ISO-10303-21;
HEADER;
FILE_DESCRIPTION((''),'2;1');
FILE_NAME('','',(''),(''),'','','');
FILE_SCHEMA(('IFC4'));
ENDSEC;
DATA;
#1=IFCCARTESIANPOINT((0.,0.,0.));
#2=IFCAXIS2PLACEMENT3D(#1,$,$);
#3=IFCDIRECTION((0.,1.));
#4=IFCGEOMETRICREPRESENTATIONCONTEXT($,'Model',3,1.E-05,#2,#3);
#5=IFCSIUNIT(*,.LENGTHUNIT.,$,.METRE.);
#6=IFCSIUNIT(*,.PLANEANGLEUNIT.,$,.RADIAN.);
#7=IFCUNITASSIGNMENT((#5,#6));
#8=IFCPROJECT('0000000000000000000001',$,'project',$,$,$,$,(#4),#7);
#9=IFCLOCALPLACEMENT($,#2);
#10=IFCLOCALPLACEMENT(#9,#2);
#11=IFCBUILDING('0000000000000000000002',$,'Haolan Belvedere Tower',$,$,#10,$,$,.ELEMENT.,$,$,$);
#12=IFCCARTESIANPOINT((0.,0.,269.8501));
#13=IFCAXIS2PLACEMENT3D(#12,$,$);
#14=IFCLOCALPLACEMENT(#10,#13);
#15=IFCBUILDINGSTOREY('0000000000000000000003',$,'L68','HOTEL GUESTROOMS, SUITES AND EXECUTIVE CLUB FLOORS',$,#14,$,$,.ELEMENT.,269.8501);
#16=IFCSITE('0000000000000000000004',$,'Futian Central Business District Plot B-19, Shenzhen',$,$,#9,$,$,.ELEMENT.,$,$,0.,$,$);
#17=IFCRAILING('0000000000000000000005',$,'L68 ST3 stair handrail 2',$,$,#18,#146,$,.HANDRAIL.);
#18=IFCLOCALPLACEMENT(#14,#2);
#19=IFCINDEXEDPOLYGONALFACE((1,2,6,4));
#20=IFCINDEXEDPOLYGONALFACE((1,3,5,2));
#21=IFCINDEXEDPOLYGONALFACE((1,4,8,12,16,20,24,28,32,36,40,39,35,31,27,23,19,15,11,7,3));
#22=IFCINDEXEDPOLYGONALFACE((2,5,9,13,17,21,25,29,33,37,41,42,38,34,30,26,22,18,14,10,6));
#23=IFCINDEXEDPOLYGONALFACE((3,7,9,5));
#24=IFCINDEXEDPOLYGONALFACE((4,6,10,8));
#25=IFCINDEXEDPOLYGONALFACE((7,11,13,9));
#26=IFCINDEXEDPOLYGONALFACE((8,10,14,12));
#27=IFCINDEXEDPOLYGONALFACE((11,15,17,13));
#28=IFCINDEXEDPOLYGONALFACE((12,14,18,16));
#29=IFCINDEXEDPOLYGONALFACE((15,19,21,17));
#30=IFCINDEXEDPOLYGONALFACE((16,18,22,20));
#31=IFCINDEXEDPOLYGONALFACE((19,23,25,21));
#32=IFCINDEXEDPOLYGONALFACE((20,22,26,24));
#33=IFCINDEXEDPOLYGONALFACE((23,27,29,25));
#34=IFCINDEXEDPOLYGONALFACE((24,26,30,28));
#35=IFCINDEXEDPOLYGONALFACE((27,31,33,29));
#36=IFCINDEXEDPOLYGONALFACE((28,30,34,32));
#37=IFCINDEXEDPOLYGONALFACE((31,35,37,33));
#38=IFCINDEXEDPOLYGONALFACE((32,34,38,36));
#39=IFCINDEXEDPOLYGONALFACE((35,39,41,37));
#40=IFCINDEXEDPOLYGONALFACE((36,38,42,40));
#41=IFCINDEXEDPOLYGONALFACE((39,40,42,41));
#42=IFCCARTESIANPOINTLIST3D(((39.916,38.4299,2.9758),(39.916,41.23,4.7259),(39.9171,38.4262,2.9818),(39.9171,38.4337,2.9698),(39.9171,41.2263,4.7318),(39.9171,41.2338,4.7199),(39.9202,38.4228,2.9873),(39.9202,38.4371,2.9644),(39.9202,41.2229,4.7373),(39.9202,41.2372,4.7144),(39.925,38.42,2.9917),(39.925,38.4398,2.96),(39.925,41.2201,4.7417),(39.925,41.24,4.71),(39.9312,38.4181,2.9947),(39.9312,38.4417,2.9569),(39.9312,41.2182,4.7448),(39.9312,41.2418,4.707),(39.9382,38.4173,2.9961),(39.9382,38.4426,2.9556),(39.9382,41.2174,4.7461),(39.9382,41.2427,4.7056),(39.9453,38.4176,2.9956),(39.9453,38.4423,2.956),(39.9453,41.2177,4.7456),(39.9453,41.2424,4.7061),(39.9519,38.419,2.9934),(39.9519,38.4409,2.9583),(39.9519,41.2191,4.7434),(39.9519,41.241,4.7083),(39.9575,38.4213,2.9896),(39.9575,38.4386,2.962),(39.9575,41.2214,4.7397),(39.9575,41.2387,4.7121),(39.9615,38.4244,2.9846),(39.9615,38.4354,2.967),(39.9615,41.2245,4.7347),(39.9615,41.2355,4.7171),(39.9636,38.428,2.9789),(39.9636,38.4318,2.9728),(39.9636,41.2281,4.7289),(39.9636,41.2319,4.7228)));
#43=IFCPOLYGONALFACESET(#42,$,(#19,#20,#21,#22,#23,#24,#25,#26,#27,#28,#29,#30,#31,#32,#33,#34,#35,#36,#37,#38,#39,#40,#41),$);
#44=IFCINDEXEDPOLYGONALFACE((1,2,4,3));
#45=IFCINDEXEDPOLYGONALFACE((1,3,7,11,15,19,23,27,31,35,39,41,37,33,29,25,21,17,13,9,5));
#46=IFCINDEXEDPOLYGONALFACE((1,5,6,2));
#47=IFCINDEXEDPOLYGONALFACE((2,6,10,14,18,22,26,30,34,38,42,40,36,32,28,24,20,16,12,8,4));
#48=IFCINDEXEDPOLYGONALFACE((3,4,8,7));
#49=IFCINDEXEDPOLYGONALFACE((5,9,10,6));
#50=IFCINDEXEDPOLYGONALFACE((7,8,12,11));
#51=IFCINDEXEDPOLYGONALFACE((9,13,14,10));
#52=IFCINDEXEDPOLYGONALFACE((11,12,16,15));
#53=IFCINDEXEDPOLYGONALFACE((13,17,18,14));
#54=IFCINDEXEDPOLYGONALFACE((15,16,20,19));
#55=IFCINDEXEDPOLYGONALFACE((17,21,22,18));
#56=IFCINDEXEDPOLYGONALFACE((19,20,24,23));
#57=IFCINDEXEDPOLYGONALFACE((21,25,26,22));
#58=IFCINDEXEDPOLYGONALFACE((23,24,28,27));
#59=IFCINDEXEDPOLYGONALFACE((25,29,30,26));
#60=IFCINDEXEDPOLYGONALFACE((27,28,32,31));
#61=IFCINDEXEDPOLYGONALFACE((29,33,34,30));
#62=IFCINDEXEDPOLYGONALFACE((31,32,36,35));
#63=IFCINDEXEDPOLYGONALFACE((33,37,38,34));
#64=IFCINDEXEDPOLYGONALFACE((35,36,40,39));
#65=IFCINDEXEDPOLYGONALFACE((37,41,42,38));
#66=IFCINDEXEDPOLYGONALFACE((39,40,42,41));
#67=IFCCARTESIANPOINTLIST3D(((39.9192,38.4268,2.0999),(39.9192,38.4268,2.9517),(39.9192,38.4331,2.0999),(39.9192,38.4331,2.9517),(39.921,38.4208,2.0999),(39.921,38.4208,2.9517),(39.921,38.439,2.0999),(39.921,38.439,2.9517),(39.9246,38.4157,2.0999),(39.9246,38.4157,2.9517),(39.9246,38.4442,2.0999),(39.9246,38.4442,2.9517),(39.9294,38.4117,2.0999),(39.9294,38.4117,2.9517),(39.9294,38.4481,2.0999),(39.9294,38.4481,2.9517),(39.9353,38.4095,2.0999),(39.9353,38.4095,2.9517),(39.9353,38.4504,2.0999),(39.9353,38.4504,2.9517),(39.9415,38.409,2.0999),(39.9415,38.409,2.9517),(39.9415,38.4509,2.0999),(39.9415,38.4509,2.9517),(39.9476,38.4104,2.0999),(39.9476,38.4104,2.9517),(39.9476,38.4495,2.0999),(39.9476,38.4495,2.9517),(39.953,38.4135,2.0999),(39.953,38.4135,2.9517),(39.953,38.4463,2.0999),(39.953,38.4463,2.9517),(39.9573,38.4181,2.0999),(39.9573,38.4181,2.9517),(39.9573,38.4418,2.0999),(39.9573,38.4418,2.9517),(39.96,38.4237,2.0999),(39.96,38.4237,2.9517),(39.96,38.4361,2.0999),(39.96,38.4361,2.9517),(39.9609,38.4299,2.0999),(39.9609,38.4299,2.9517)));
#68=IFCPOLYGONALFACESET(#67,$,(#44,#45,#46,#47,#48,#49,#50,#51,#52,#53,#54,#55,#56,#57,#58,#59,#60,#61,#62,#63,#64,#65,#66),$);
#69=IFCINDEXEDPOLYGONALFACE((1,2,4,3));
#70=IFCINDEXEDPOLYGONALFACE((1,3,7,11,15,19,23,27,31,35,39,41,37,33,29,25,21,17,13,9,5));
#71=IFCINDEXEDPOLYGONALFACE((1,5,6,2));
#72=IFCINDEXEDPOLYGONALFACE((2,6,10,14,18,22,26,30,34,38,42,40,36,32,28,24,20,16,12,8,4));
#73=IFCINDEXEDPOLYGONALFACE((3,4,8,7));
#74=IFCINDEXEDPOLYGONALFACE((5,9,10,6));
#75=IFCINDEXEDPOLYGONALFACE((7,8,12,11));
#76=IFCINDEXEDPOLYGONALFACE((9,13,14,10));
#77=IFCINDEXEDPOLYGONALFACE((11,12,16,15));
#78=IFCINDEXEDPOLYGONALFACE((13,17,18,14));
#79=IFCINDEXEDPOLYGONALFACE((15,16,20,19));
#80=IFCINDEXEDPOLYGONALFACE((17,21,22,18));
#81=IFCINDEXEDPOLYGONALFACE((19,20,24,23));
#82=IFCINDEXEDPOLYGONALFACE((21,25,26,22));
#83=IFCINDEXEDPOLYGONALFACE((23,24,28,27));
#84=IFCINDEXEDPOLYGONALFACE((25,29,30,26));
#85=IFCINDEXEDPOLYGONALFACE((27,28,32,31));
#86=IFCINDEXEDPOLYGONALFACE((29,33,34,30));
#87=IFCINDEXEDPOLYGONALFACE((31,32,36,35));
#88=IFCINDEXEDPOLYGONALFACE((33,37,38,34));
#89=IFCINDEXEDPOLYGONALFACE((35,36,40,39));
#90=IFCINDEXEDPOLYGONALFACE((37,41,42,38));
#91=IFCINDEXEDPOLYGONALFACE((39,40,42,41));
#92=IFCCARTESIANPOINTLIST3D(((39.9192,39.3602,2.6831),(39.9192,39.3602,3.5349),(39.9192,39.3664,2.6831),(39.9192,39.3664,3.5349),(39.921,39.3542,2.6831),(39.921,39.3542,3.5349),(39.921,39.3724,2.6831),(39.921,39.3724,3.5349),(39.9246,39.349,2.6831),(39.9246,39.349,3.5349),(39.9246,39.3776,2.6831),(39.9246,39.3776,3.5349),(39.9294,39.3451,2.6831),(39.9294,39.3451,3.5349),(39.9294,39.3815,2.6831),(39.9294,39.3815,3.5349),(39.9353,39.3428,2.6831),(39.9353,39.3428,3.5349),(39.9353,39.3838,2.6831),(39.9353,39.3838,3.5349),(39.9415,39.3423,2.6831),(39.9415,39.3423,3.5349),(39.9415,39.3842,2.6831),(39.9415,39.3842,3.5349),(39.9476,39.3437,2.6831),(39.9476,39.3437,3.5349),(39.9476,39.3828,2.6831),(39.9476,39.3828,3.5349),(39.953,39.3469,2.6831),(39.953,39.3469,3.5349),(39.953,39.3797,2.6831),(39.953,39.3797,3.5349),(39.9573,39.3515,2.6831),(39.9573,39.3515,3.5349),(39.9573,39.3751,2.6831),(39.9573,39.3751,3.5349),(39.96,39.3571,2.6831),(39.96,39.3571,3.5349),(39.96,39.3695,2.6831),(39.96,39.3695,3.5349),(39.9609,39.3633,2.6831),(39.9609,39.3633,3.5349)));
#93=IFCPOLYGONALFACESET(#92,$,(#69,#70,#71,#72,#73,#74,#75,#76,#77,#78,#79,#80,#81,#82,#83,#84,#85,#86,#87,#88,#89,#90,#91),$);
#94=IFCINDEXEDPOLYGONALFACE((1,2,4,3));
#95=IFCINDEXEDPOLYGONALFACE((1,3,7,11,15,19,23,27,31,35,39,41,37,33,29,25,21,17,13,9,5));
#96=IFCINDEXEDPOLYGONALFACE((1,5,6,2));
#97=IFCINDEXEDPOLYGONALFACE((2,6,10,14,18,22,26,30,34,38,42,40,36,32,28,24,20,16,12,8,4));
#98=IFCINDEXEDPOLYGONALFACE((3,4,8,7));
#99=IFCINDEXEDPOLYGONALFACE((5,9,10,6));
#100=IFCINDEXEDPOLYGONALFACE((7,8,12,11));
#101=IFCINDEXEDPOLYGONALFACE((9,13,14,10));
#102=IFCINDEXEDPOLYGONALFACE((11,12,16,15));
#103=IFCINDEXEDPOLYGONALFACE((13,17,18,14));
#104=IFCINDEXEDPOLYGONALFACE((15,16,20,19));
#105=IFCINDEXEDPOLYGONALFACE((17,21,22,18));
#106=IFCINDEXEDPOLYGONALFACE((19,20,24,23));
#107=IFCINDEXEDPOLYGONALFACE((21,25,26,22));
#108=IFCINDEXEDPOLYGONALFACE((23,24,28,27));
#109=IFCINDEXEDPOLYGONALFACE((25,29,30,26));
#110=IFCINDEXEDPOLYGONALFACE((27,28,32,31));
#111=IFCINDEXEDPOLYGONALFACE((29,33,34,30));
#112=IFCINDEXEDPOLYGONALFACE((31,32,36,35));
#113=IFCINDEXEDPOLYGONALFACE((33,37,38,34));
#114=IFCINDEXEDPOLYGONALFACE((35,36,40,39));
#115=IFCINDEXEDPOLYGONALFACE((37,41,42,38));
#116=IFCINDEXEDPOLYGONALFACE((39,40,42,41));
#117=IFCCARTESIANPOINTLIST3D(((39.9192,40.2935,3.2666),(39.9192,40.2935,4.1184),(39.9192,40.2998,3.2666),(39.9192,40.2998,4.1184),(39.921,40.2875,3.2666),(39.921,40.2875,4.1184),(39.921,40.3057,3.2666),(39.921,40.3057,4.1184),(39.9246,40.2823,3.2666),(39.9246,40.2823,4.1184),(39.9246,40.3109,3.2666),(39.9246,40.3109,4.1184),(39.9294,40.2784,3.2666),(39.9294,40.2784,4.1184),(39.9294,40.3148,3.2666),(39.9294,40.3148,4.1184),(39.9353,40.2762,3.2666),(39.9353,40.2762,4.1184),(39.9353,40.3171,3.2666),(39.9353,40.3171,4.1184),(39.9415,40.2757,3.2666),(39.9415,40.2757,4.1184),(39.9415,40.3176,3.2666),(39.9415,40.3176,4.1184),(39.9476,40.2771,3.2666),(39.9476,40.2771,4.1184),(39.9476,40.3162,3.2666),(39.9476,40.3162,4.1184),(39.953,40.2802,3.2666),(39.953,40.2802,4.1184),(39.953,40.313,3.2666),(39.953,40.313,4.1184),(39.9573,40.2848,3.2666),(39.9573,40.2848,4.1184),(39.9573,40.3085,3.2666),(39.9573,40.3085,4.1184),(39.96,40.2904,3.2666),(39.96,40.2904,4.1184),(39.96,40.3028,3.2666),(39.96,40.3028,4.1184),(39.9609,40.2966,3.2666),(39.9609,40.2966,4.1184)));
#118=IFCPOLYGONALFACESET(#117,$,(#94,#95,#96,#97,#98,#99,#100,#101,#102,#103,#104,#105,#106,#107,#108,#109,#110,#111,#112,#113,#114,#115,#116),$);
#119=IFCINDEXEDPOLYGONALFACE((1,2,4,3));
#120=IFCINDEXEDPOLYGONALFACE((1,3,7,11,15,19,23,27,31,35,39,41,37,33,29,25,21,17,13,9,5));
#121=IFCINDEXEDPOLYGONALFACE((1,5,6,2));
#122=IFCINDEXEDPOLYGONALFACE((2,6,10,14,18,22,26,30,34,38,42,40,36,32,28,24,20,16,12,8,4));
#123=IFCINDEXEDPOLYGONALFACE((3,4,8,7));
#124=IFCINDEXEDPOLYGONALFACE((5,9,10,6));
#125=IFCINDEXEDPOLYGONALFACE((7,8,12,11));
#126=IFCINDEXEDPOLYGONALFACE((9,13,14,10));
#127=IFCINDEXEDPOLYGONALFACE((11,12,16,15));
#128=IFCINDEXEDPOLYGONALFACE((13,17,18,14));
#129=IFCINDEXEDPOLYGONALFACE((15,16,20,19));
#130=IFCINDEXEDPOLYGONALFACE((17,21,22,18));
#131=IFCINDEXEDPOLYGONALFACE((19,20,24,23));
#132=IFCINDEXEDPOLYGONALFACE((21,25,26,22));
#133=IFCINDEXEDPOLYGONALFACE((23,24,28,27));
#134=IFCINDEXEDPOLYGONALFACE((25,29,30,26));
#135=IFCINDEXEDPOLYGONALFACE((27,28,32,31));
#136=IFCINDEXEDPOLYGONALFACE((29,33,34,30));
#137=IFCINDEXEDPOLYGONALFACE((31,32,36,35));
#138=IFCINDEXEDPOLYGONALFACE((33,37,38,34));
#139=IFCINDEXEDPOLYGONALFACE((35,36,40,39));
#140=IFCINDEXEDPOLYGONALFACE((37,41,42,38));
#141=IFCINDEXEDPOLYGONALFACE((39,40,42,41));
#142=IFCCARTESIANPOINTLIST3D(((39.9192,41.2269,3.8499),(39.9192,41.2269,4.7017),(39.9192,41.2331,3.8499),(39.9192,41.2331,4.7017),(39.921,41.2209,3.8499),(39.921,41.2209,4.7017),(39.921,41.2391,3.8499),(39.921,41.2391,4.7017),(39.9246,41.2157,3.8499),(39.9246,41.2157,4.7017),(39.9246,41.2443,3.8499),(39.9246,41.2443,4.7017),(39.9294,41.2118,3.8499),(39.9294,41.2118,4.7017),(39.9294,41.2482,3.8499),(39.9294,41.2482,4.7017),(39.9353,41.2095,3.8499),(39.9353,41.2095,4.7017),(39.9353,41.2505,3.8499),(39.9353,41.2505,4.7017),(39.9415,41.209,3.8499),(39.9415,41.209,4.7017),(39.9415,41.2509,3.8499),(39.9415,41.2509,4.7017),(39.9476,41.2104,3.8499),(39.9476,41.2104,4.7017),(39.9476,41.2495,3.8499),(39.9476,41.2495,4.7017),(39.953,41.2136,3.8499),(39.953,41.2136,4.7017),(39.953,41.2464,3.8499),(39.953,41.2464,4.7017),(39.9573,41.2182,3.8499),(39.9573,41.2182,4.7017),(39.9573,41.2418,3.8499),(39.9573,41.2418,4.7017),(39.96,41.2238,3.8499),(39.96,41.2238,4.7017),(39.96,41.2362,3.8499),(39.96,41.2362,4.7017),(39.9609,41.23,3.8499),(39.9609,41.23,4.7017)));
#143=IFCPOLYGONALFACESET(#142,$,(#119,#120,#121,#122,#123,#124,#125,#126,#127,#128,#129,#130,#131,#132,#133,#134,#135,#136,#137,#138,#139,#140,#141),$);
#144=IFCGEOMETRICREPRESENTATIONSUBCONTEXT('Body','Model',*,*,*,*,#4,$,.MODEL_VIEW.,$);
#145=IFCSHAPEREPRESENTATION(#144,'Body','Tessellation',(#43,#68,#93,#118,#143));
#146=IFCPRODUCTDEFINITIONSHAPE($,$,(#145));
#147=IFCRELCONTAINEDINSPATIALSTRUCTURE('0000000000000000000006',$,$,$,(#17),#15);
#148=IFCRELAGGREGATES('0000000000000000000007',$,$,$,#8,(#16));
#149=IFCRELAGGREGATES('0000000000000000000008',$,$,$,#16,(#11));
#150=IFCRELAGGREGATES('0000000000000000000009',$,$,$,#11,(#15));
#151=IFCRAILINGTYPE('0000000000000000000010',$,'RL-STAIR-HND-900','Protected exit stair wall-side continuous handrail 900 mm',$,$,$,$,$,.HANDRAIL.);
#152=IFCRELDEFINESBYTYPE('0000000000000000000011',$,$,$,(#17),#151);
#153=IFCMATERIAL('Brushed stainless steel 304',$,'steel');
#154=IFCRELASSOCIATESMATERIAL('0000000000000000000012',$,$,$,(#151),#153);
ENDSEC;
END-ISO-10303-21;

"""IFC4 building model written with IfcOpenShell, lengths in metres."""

from ifc_helpers import new_model, si_unit, direction, frame, origin, origin_2d, place, context, subcontext, project, spatial, circle, extrude, material, type_object, element, save


model = new_model("IFC4")

# Units and contexts
model_context = context("Model", 3, precision=1e-05, world=origin(), true_north=direction((0.0, 1.0)))
body_context = subcontext(model_context, "Body", "Model", "MODEL_VIEW")
ifc_project = project(units=[si_unit("LENGTHUNIT", "METRE"), si_unit("PLANEANGLEUNIT", "RADIAN")], contexts=[model_context])

# Site, building, storey
site_placement = place(None, origin())
site = spatial("IfcSite", under=ifc_project, at=site_placement, Name="Futian Central Business District Plot B-19, Shenzhen", CompositionType="ELEMENT", RefElevation=0.0)
building_placement = place(site_placement, origin())
building = spatial("IfcBuilding", under=site, at=building_placement, Name="Haolan Belvedere Tower", CompositionType="ELEMENT")
storey_placement = place(building_placement, frame((0.0, 0.0, 269.8501)))
storey = spatial("IfcBuildingStorey", under=building, at=storey_placement, Name="L68", Description="HOTEL GUESTROOMS, SUITES AND EXECUTIVE CLUB FLOORS", CompositionType="ELEMENT", Elevation=269.8501)

# Railing
ifc_material_1 = material(Name="Brushed stainless steel 304", Category="steel")
railing_type_1 = type_object("IfcRailingType", Name="RL-STAIR-HND-900", Description="Protected exit stair wall-side continuous handrail 900 mm", PredefinedType="HANDRAIL", material=ifc_material_1)
for number, where, name in (
    (1, (39.9399, 38.4299, 2.0999), "L68 ST3 stair handrail 2"),
):
    element("IfcRailing", number, at=place(storey_placement, frame(where)), inside=storey, type_object=railing_type_1, Name=name, PredefinedType="HANDRAIL", context=body_context, shape_type="SweptSolid", body=[
        extrude(circle(Radius=0.0239, at=origin_2d()), frame((0.0, 0.0, 0.876), z_axis=(0.0, 0.848002, 0.529992), x_axis=(-1.0, 0.0, 0.0)), (0.0, 0.0, 1.0), 3.302),
        extrude(circle(Radius=0.021, at=origin_2d()), origin(), (0.0, 0.0, 1.0), 0.8518),
        extrude(circle(Radius=0.021, at=origin_2d()), frame((0.0, 0.9333, 0.5833)), (0.0, 0.0, 1.0), 0.8518),
        extrude(circle(Radius=0.021, at=origin_2d()), frame((0.0, 1.8667, 1.1667)), (0.0, 0.0, 1.0), 0.8518),
        extrude(circle(Radius=0.021, at=origin_2d()), frame((0.0, 2.8, 1.75)), (0.0, 0.0, 1.0), 0.8518),
    ])

save(model, "model.ifc")
